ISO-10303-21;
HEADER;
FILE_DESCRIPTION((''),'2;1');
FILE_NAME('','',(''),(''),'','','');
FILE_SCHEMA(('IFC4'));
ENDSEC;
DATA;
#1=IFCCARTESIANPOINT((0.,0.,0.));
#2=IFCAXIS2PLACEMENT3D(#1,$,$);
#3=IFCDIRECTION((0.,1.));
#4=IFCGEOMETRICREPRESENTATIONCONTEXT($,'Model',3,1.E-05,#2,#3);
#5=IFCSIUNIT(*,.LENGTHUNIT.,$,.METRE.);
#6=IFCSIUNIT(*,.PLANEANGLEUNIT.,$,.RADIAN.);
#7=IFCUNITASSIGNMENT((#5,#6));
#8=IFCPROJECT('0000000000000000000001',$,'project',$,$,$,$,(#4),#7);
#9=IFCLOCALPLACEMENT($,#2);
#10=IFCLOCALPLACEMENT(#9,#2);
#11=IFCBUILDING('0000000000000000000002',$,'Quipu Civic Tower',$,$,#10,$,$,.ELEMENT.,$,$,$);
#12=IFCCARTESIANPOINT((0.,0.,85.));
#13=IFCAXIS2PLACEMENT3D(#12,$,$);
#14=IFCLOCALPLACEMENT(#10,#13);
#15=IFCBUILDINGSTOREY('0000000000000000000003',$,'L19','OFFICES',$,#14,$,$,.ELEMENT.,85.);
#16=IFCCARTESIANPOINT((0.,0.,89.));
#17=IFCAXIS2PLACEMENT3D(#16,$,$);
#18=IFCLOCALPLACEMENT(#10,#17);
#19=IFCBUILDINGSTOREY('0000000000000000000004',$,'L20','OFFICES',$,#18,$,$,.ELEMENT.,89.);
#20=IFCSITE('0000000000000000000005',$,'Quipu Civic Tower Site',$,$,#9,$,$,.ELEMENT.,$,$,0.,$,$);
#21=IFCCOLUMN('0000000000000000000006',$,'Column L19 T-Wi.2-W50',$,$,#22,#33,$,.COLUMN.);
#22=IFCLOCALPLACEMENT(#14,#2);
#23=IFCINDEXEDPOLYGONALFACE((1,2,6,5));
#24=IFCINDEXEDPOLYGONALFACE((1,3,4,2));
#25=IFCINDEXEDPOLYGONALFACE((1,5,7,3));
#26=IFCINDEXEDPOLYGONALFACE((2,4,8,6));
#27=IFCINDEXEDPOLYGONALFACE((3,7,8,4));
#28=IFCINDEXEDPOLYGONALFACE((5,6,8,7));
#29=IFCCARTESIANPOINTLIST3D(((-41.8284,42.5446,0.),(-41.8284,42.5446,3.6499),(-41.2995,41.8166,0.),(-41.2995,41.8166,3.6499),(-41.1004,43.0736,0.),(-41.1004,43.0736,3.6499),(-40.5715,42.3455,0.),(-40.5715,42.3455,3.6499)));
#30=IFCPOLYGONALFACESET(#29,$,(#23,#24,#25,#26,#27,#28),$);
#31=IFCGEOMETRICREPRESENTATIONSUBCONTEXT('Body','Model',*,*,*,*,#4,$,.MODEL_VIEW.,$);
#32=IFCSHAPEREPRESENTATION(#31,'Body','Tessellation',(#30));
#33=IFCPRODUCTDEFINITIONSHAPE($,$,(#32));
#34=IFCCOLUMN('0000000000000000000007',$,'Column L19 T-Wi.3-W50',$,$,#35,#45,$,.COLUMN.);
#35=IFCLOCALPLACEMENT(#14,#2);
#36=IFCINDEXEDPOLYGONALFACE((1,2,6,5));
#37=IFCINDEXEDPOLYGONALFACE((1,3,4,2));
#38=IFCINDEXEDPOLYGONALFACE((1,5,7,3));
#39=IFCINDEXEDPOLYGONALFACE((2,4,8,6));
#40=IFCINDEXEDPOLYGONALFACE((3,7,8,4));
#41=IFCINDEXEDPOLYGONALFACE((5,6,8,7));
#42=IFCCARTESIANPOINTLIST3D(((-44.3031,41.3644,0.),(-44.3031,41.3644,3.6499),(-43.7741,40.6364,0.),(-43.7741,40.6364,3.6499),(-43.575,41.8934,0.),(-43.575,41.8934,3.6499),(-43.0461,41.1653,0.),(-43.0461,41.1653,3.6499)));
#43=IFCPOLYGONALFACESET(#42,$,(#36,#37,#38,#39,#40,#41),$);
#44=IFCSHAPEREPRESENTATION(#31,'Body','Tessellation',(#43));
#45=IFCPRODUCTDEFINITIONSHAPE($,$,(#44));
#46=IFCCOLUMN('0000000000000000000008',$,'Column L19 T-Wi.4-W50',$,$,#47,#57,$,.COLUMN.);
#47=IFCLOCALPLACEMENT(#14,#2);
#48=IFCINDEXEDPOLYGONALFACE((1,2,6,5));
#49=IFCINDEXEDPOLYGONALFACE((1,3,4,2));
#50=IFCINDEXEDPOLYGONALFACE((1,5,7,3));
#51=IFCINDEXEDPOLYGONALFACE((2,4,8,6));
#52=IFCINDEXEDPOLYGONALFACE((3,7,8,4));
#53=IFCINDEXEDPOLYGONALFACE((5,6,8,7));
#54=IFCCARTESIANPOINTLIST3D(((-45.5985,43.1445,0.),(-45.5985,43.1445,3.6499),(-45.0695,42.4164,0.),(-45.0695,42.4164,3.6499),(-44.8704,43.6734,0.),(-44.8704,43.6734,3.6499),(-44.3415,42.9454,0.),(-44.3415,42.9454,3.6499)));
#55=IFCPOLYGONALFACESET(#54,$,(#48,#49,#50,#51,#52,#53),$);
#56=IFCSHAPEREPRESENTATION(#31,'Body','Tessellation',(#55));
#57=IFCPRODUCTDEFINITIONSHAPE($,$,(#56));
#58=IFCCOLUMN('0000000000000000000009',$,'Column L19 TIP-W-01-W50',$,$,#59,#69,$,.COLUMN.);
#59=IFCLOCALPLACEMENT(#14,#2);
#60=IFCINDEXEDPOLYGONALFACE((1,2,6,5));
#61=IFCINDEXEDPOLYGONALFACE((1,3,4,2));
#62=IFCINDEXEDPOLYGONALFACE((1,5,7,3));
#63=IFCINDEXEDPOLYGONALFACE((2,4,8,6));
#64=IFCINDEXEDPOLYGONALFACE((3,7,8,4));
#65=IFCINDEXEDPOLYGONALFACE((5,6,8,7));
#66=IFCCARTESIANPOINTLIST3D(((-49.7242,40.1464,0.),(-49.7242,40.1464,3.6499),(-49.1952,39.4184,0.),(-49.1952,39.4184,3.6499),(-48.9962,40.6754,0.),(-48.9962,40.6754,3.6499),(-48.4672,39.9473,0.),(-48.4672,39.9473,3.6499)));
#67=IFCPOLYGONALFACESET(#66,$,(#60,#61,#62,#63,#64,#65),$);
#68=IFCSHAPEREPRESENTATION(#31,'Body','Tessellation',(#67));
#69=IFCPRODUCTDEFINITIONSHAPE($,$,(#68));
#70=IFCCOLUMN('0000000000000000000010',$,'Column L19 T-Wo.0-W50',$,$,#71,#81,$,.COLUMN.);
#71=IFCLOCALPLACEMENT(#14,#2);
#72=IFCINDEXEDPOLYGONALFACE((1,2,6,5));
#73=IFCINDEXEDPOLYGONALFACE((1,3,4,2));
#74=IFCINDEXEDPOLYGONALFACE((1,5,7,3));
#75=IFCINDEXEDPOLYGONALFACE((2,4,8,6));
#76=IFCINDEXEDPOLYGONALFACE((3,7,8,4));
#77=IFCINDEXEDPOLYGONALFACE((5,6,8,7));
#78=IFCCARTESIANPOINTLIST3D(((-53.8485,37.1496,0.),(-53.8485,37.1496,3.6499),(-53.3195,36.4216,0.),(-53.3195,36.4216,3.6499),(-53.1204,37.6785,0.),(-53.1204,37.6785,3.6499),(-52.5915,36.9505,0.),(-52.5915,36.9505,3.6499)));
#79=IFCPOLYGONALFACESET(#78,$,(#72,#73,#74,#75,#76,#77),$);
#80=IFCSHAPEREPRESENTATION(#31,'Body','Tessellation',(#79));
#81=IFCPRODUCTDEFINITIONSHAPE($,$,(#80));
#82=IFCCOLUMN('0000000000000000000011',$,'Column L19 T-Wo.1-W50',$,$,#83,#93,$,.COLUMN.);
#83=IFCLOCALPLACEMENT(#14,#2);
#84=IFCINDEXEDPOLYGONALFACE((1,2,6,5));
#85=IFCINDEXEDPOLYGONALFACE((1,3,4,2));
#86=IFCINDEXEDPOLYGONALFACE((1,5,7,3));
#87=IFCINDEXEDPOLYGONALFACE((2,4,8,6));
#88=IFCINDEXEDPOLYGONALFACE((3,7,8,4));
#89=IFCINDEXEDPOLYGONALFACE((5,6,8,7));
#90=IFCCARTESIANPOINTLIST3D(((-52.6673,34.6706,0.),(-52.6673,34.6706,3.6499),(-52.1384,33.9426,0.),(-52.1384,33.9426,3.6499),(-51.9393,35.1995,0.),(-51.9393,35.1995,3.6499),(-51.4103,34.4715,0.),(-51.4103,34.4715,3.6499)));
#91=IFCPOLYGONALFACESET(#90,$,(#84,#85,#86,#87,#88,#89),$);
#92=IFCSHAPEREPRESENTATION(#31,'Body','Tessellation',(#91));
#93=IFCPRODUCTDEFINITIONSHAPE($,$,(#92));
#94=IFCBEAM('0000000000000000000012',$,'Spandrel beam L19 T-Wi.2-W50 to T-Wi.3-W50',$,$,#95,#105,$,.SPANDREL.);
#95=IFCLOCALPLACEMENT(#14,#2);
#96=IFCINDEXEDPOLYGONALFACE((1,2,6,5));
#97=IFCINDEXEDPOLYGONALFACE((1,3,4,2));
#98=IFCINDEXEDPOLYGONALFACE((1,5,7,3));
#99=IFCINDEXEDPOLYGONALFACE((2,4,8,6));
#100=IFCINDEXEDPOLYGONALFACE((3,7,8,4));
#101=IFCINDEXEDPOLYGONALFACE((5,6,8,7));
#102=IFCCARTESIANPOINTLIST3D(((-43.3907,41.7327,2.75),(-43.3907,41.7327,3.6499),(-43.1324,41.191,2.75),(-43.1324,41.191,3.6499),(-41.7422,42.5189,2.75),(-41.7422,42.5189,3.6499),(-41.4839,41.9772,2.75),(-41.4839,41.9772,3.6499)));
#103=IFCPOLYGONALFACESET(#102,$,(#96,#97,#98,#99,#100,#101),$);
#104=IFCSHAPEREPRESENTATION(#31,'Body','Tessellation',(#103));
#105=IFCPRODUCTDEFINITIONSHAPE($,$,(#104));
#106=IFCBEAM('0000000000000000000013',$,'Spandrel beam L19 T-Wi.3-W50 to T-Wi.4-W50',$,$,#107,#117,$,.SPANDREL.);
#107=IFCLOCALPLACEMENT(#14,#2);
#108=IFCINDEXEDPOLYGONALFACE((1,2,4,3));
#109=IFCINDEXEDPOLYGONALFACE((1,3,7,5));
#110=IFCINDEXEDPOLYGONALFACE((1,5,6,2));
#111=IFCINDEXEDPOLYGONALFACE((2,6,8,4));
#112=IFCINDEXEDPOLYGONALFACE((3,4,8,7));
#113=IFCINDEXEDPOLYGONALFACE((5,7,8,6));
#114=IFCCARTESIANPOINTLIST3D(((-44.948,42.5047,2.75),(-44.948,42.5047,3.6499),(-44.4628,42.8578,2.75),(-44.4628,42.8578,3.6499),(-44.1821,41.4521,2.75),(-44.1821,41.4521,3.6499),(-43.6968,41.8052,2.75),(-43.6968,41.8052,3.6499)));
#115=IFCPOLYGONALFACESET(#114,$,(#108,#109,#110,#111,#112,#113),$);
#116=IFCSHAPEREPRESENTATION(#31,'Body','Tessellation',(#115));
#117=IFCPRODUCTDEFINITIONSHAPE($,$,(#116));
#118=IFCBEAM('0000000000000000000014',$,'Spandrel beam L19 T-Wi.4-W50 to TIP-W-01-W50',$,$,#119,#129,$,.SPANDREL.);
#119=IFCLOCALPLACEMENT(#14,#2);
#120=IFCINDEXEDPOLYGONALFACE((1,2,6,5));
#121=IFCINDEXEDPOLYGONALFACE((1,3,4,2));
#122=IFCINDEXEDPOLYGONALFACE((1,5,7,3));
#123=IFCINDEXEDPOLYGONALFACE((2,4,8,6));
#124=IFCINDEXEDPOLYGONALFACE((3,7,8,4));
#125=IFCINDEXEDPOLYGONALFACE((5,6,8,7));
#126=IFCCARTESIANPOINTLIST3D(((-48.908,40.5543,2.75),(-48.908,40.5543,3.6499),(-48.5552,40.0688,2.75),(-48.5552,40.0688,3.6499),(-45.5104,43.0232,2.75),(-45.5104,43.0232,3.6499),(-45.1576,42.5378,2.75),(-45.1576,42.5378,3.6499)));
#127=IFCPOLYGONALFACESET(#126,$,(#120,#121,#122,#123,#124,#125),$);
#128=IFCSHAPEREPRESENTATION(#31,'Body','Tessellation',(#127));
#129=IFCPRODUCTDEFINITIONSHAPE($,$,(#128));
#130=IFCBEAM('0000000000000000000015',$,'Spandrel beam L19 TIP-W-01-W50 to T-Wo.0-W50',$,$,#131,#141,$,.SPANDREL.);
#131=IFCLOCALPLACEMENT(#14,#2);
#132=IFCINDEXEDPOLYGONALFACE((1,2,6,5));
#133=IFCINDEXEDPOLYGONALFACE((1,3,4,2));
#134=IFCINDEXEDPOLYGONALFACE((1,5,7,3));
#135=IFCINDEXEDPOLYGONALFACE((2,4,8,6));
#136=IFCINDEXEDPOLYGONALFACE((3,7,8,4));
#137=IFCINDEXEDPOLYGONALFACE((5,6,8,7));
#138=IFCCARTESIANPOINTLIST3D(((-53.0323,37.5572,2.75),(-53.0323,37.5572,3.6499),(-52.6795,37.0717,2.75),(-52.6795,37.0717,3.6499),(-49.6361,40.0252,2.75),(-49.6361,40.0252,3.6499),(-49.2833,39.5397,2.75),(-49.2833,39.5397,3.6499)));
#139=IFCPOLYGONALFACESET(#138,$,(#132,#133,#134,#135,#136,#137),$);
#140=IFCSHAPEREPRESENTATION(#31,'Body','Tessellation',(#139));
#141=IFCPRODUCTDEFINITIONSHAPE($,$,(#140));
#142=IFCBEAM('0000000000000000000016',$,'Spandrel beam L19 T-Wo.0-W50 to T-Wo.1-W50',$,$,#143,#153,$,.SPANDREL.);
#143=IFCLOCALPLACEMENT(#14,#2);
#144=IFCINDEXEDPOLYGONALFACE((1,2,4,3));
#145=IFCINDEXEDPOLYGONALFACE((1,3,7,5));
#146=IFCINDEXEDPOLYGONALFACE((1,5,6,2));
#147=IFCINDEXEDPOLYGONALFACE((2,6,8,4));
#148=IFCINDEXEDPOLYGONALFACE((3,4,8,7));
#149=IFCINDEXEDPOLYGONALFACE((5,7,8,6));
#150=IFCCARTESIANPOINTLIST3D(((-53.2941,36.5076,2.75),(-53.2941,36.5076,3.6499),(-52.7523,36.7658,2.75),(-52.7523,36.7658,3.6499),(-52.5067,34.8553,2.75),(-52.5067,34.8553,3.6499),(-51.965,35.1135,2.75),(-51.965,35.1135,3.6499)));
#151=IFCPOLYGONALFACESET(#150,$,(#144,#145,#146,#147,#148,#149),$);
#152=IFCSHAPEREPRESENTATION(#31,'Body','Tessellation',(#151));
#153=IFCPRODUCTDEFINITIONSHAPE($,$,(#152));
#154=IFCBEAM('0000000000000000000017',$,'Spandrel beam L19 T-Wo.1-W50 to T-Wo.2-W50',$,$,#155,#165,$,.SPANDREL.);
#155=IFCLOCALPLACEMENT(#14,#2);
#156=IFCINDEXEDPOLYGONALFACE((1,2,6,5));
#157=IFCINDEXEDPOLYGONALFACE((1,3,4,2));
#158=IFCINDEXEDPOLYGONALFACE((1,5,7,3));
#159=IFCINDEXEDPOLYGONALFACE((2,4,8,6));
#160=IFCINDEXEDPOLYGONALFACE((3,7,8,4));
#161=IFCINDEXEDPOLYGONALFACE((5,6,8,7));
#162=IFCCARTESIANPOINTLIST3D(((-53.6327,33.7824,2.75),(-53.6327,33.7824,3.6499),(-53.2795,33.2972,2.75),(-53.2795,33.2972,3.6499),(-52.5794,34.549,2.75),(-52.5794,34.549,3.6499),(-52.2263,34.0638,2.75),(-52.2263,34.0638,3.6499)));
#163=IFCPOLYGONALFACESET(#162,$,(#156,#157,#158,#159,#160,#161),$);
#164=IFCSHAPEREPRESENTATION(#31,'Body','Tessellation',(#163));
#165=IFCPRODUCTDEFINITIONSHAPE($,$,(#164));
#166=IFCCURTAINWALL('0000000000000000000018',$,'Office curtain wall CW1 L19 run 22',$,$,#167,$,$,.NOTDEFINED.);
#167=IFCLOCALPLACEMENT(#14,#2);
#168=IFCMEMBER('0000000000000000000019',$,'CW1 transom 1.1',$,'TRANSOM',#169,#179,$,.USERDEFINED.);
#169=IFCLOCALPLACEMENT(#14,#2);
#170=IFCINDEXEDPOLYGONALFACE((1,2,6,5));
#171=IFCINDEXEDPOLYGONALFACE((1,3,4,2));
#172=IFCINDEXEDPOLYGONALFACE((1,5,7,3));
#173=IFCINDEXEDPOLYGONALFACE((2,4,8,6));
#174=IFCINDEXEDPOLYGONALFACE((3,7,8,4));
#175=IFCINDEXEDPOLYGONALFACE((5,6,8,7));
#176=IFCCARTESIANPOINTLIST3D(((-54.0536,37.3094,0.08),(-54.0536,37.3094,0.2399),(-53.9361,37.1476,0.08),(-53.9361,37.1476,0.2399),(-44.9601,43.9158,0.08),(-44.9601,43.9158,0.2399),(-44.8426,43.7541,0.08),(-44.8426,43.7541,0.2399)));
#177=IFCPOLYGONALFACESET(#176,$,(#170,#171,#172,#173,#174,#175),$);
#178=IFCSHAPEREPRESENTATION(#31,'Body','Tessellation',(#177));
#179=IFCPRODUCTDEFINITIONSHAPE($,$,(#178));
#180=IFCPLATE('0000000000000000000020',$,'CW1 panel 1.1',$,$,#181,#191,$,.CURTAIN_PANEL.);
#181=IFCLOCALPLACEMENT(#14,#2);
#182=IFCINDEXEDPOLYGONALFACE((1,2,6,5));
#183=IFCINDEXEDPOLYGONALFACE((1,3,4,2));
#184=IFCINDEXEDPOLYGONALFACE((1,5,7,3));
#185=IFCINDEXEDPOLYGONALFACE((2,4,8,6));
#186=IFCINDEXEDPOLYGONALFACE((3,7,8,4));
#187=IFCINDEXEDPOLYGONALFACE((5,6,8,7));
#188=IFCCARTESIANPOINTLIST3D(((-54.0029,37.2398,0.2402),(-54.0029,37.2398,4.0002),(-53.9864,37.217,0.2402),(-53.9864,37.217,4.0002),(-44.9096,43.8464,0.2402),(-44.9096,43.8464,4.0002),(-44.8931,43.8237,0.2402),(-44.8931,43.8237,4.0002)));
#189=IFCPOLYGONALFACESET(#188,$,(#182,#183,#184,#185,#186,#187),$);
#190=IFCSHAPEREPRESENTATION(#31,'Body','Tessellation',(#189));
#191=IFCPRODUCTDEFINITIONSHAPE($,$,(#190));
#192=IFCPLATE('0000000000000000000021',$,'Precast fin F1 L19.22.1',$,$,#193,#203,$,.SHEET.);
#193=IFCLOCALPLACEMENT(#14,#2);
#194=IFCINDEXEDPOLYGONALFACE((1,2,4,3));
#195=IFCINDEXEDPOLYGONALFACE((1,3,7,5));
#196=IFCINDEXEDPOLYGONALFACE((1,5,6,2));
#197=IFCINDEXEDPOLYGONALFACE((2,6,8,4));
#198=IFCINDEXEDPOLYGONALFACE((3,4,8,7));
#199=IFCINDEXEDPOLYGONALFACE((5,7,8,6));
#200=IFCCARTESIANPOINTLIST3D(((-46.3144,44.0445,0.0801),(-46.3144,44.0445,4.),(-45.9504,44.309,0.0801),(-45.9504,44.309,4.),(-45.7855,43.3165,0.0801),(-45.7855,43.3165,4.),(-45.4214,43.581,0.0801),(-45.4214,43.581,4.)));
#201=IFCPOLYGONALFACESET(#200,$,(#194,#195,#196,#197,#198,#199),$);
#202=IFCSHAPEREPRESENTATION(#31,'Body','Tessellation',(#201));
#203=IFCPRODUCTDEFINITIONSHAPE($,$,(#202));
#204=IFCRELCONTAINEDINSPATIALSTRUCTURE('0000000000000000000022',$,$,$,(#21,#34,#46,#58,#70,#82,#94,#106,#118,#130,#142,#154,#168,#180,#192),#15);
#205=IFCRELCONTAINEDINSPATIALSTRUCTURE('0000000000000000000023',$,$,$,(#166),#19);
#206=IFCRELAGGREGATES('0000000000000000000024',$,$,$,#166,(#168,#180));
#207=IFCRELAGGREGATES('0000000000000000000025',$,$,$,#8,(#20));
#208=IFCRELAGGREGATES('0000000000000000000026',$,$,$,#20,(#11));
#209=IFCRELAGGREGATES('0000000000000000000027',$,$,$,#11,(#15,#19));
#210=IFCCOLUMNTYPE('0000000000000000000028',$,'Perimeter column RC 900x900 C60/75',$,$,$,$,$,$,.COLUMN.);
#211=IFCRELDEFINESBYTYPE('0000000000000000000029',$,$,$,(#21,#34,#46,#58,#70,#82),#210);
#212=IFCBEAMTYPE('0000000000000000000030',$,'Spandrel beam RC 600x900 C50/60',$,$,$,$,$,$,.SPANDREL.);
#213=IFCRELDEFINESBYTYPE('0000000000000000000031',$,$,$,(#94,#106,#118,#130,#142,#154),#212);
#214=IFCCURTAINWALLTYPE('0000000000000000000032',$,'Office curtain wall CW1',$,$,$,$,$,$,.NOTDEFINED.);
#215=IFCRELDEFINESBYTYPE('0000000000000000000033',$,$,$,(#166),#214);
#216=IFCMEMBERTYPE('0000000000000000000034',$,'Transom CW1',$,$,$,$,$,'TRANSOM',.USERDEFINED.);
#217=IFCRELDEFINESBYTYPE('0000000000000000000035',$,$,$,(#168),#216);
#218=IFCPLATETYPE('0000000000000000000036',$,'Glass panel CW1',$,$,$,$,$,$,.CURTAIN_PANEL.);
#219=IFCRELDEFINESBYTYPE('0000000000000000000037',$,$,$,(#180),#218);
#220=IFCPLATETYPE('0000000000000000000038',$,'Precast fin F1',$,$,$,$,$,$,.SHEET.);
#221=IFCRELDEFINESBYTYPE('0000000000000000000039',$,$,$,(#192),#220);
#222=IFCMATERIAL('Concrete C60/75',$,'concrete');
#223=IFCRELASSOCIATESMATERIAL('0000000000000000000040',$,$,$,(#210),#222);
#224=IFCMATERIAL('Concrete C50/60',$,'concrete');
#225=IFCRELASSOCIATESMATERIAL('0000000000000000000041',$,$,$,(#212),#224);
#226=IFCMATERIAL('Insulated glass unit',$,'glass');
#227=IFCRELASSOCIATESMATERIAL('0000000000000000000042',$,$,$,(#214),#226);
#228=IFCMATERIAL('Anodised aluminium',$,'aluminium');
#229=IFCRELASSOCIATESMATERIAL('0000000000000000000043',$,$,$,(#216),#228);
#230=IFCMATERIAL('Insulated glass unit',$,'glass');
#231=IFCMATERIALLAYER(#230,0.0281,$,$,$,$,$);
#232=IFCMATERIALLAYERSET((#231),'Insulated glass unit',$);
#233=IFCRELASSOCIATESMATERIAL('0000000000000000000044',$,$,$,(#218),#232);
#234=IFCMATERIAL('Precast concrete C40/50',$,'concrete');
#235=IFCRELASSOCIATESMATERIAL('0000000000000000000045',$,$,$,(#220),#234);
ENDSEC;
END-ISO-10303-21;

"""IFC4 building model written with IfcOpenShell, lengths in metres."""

from ifc_helpers import new_model, si_unit, direction, frame, origin, origin_2d, place, context, subcontext, project, spatial, rectangle, extrude, material, layer, layer_set, material_profile, profile_set, type_object, element, aggregate, save


model = new_model("IFC4")

# Units and contexts
model_context = context("Model", 3, precision=1e-05, world=origin(), true_north=direction((0.0, 1.0)))
body_context = subcontext(model_context, "Body", "Model", "MODEL_VIEW")
ifc_project = project(units=[si_unit("LENGTHUNIT", "METRE"), si_unit("PLANEANGLEUNIT", "RADIAN")], contexts=[model_context])

# Site, building, storey
site_placement = place(None, origin())
site = spatial("IfcSite", under=ifc_project, at=site_placement, Name="Quipu Civic Tower Site", CompositionType="ELEMENT", RefElevation=0.0)
building_placement = place(site_placement, origin())
building = spatial("IfcBuilding", under=site, at=building_placement, Name="Quipu Civic Tower", CompositionType="ELEMENT")
storey_1_placement = place(building_placement, frame((0.0, 0.0, 85.0)))
storey_1 = spatial("IfcBuildingStorey", under=building, at=storey_1_placement, Name="L19", Description="OFFICES", CompositionType="ELEMENT", Elevation=85.0)

# Columns
ifc_material_1 = material(Name="Concrete C60/75", Category="concrete")
ifc_material_profile_1 = material_profile(ifc_material_1, rectangle(XDim=0.8999, YDim=0.8999, at=origin_2d()), Name="RC900x900")
ifc_profile_set_1 = profile_set([ifc_material_profile_1], Name="Concrete C60/75")
column_type = type_object("IfcColumnType", Name="Perimeter column RC 900x900 C60/75", PredefinedType="COLUMN", material=ifc_profile_set_1)
for number, where, z_axis, x_axis, name in (
    (1, (-41.2, 42.4451, 0.0), (0.0, 0.0, 1.0), (-0.587785, 0.809017, 0.0), "Column L19 T-Wi.2-W50"),
    (2, (-43.6746, 41.2649, 0.0), (0.0, 0.0, 1.0), (-0.809017, -0.587785, 0.0), "Column L19 T-Wi.3-W50"),
    (3, (-44.97, 43.0449, 0.0), (0.0, 0.0, 1.0), (-0.809017, -0.587785, 0.0), "Column L19 T-Wi.4-W50"),
    (4, (-49.0957, 40.0469, 0.0), (0.0, 0.0, 1.0), (-0.809017, -0.587785, 0.0), "Column L19 TIP-W-01-W50"),
    (5, (-53.22, 37.05, 0.0), (0.0, 0.0, 1.0), (0.587785, -0.809017, 0.0), "Column L19 T-Wo.0-W50"),
    (6, (-52.0388, 34.571, 0.0), (0.0, 0.0, 1.0), (-0.809017, -0.587785, 0.0), "Column L19 T-Wo.1-W50"),
):
    element("IfcColumn", number, at=place(storey_1_placement, frame(where, z_axis=z_axis, x_axis=x_axis)), inside=storey_1, type_object=column_type, Name=name, PredefinedType="COLUMN", context=body_context, shape_type="SweptSolid", body=[
        extrude(rectangle(XDim=0.8999, YDim=0.8999, at=origin_2d()), origin(), (0.0, 0.0, 1.0), 3.6499),
    ])

# Beams
ifc_material_2 = material(Name="Concrete C50/60", Category="concrete")
ifc_material_profile_2 = material_profile(ifc_material_2, rectangle(XDim=0.6001, YDim=0.8999, at=origin_2d()), Name="RC600x900")
ifc_profile_set_2 = profile_set([ifc_material_profile_2], Name="Concrete C50/60")
beam_type = type_object("IfcBeamType", Name="Spandrel beam RC 600x900 C50/60", PredefinedType="SPANDREL", material=ifc_profile_set_2)
beam_1_placement = place(storey_1_placement, frame((-41.613, 42.248, 3.2), z_axis=(-0.902613, -0.430452, 0.0), x_axis=(0.430452, -0.902613, 0.0)))
element("IfcBeam", 7, at=beam_1_placement, inside=storey_1, type_object=beam_type, Name="Spandrel beam L19 T-Wi.2-W50 to T-Wi.3-W50", PredefinedType="SPANDREL", context=body_context, shape_type="SweptSolid", body=[
    extrude(rectangle(XDim=0.6001, YDim=0.8999, at=origin_2d()), origin(), (0.0, 0.0, 1.0), 1.8264),
])
beam_2_placement = place(storey_1_placement, frame((-43.9395, 41.6287, 3.2), z_axis=(-0.588384, 0.808582, 0.0), x_axis=(-0.808582, -0.588384, 0.0)))
element("IfcBeam", 8, at=beam_2_placement, inside=storey_1, type_object=beam_type, Name="Spandrel beam L19 T-Wi.3-W50 to T-Wi.4-W50", PredefinedType="SPANDREL", context=body_context, shape_type="SweptSolid", body=[
    extrude(rectangle(XDim=0.6001, YDim=0.8999, at=origin_2d()), origin(), (0.0, 0.0, 1.0), 1.3018),
])
beam_3_placement = place(storey_1_placement, frame((-45.334, 42.7805, 3.2), z_axis=(-0.80897, -0.58785, 0.0), x_axis=(0.58785, -0.80897, 0.0)))
element("IfcBeam", 9, at=beam_3_placement, inside=storey_1, type_object=beam_type, Name="Spandrel beam L19 T-Wi.4-W50 to TIP-W-01-W50", PredefinedType="SPANDREL", context=body_context, shape_type="SweptSolid", body=[
    extrude(rectangle(XDim=0.6001, YDim=0.8999, at=origin_2d()), origin(), (0.0, 0.0, 1.0), 4.2),
])
beam_4_placement = place(storey_1_placement, frame((-49.4597, 39.7825, 3.2), z_axis=(-0.80896, -0.587864, 0.0), x_axis=(0.587864, -0.80896, 0.0)))
element("IfcBeam", 10, at=beam_4_placement, inside=storey_1, type_object=beam_type, Name="Spandrel beam L19 TIP-W-01-W50 to T-Wo.0-W50", PredefinedType="SPANDREL", context=body_context, shape_type="SweptSolid", body=[
    extrude(rectangle(XDim=0.6001, YDim=0.8999, at=origin_2d()), origin(), (0.0, 0.0, 1.0), 4.1982),
])
beam_5_placement = place(storey_1_placement, frame((-53.0232, 36.6367, 3.2), z_axis=(0.430167, -0.90275, 0.0), x_axis=(0.90275, 0.430167, 0.0)))
element("IfcBeam", 11, at=beam_5_placement, inside=storey_1, type_object=beam_type, Name="Spandrel beam L19 T-Wo.0-W50 to T-Wo.1-W50", PredefinedType="SPANDREL", context=body_context, shape_type="SweptSolid", body=[
    extrude(rectangle(XDim=0.6001, YDim=0.8999, at=origin_2d()), origin(), (0.0, 0.0, 1.0), 1.8303),
])
beam_6_placement = place(storey_1_placement, frame((-52.4028, 34.3064, 3.2), z_axis=(-0.808509, -0.588484, 0.0), x_axis=(0.588484, -0.808509, 0.0)))
element("IfcBeam", 12, at=beam_6_placement, inside=storey_1, type_object=beam_type, Name="Spandrel beam L19 T-Wo.1-W50 to T-Wo.2-W50", PredefinedType="SPANDREL", context=body_context, shape_type="SweptSolid", body=[
    extrude(rectangle(XDim=0.6001, YDim=0.8999, at=origin_2d()), origin(), (0.0, 0.0, 1.0), 1.3027),
])

# Shared definitions
storey_2_placement = place(building_placement, frame((0.0, 0.0, 89.0)))
storey_2 = spatial("IfcBuildingStorey", under=building, at=storey_2_placement, Name="L20", Description="OFFICES", CompositionType="ELEMENT", Elevation=89.0)

# Curtain wall, member, plate
ifc_material_3 = material(Name="Insulated glass unit", Category="glass")
curtain_wall_type = type_object("IfcCurtainWallType", Name="Office curtain wall CW1", PredefinedType="NOTDEFINED", material=ifc_material_3)
curtain_wall_placement = place(storey_2_placement, origin())
curtain_wall = element("IfcCurtainWall", 13, at=curtain_wall_placement, inside=storey_2, type_object=curtain_wall_type, Name="Office curtain wall CW1 L19 run 22", PredefinedType="NOTDEFINED")
ifc_material_4 = material(Name="Anodised aluminium", Category="aluminium")
ifc_material_profile_3 = material_profile(ifc_material_4, rectangle(XDim=0.2, YDim=0.1599, at=origin_2d()), Name="RECT 200x160")
ifc_profile_set_3 = profile_set([ifc_material_profile_3], Name="Anodised aluminium")
member_type = type_object("IfcMemberType", Name="Transom CW1", ElementType="TRANSOM", PredefinedType="USERDEFINED", material=ifc_profile_set_3)
member_placement = place(storey_1_placement, frame((-44.9014, 43.835, 0.1599), z_axis=(-0.809033, -0.587764, 0.0), x_axis=(0.587764, -0.809033, 0.0)))
member = element("IfcMember", 14, at=member_placement, inside=storey_1, type_object=member_type, Name="CW1 transom 1.1", ObjectType="TRANSOM", PredefinedType="USERDEFINED", context=body_context, shape_type="SweptSolid", body=[
    extrude(rectangle(XDim=0.2, YDim=0.1599, at=origin_2d()), origin(), (0.0, 0.0, 1.0), 11.24),
])
ifc_material_5 = material(Name="Insulated glass unit", Category="glass")
ifc_layer_1 = layer(ifc_material_5, 0.0281)
ifc_layer_set_1 = layer_set([ifc_layer_1], Name="Insulated glass unit")
plate_type_1 = type_object("IfcPlateType", Name="Glass panel CW1", PredefinedType="CURTAIN_PANEL", material=ifc_layer_set_1)
plate_placement = place(storey_1_placement, frame((-49.448, 40.5317, 0.2402), z_axis=(0.0, 0.0, 1.0), x_axis=(-0.809019, -0.587782, 0.0)))
plate = element("IfcPlate", 15, at=plate_placement, inside=storey_1, type_object=plate_type_1, Name="CW1 panel 1.1", PredefinedType="CURTAIN_PANEL", context=body_context, shape_type="SweptSolid", body=[
    extrude(rectangle(XDim=11.24, YDim=0.0281, at=origin_2d()), origin(), (0.0, 0.0, 1.0), 3.76),
])
aggregate(curtain_wall, [member, plate])

# Plate
ifc_material_6 = material(Name="Precast concrete C40/50", Category="concrete")
plate_type_2 = type_object("IfcPlateType", Name="Precast fin F1", PredefinedType="SHEET", material=ifc_material_6)
for number, where, z_axis, x_axis, name in (
    (16, (-45.8679, 43.8127, 0.0801), (0.0, 0.0, 1.0), (-0.809021, -0.587779, 0.0), "Precast fin F1 L19.22.1"),
):
    element("IfcPlate", number, at=place(storey_1_placement, frame(where, z_axis=z_axis, x_axis=x_axis)), inside=storey_1, type_object=plate_type_2, Name=name, PredefinedType="SHEET", context=body_context, shape_type="SweptSolid", body=[
        extrude(rectangle(XDim=0.45, YDim=0.8999, at=origin_2d()), origin(), (0.0, 0.0, 1.0), 3.9199),
    ])

save(model, "model.ifc")
